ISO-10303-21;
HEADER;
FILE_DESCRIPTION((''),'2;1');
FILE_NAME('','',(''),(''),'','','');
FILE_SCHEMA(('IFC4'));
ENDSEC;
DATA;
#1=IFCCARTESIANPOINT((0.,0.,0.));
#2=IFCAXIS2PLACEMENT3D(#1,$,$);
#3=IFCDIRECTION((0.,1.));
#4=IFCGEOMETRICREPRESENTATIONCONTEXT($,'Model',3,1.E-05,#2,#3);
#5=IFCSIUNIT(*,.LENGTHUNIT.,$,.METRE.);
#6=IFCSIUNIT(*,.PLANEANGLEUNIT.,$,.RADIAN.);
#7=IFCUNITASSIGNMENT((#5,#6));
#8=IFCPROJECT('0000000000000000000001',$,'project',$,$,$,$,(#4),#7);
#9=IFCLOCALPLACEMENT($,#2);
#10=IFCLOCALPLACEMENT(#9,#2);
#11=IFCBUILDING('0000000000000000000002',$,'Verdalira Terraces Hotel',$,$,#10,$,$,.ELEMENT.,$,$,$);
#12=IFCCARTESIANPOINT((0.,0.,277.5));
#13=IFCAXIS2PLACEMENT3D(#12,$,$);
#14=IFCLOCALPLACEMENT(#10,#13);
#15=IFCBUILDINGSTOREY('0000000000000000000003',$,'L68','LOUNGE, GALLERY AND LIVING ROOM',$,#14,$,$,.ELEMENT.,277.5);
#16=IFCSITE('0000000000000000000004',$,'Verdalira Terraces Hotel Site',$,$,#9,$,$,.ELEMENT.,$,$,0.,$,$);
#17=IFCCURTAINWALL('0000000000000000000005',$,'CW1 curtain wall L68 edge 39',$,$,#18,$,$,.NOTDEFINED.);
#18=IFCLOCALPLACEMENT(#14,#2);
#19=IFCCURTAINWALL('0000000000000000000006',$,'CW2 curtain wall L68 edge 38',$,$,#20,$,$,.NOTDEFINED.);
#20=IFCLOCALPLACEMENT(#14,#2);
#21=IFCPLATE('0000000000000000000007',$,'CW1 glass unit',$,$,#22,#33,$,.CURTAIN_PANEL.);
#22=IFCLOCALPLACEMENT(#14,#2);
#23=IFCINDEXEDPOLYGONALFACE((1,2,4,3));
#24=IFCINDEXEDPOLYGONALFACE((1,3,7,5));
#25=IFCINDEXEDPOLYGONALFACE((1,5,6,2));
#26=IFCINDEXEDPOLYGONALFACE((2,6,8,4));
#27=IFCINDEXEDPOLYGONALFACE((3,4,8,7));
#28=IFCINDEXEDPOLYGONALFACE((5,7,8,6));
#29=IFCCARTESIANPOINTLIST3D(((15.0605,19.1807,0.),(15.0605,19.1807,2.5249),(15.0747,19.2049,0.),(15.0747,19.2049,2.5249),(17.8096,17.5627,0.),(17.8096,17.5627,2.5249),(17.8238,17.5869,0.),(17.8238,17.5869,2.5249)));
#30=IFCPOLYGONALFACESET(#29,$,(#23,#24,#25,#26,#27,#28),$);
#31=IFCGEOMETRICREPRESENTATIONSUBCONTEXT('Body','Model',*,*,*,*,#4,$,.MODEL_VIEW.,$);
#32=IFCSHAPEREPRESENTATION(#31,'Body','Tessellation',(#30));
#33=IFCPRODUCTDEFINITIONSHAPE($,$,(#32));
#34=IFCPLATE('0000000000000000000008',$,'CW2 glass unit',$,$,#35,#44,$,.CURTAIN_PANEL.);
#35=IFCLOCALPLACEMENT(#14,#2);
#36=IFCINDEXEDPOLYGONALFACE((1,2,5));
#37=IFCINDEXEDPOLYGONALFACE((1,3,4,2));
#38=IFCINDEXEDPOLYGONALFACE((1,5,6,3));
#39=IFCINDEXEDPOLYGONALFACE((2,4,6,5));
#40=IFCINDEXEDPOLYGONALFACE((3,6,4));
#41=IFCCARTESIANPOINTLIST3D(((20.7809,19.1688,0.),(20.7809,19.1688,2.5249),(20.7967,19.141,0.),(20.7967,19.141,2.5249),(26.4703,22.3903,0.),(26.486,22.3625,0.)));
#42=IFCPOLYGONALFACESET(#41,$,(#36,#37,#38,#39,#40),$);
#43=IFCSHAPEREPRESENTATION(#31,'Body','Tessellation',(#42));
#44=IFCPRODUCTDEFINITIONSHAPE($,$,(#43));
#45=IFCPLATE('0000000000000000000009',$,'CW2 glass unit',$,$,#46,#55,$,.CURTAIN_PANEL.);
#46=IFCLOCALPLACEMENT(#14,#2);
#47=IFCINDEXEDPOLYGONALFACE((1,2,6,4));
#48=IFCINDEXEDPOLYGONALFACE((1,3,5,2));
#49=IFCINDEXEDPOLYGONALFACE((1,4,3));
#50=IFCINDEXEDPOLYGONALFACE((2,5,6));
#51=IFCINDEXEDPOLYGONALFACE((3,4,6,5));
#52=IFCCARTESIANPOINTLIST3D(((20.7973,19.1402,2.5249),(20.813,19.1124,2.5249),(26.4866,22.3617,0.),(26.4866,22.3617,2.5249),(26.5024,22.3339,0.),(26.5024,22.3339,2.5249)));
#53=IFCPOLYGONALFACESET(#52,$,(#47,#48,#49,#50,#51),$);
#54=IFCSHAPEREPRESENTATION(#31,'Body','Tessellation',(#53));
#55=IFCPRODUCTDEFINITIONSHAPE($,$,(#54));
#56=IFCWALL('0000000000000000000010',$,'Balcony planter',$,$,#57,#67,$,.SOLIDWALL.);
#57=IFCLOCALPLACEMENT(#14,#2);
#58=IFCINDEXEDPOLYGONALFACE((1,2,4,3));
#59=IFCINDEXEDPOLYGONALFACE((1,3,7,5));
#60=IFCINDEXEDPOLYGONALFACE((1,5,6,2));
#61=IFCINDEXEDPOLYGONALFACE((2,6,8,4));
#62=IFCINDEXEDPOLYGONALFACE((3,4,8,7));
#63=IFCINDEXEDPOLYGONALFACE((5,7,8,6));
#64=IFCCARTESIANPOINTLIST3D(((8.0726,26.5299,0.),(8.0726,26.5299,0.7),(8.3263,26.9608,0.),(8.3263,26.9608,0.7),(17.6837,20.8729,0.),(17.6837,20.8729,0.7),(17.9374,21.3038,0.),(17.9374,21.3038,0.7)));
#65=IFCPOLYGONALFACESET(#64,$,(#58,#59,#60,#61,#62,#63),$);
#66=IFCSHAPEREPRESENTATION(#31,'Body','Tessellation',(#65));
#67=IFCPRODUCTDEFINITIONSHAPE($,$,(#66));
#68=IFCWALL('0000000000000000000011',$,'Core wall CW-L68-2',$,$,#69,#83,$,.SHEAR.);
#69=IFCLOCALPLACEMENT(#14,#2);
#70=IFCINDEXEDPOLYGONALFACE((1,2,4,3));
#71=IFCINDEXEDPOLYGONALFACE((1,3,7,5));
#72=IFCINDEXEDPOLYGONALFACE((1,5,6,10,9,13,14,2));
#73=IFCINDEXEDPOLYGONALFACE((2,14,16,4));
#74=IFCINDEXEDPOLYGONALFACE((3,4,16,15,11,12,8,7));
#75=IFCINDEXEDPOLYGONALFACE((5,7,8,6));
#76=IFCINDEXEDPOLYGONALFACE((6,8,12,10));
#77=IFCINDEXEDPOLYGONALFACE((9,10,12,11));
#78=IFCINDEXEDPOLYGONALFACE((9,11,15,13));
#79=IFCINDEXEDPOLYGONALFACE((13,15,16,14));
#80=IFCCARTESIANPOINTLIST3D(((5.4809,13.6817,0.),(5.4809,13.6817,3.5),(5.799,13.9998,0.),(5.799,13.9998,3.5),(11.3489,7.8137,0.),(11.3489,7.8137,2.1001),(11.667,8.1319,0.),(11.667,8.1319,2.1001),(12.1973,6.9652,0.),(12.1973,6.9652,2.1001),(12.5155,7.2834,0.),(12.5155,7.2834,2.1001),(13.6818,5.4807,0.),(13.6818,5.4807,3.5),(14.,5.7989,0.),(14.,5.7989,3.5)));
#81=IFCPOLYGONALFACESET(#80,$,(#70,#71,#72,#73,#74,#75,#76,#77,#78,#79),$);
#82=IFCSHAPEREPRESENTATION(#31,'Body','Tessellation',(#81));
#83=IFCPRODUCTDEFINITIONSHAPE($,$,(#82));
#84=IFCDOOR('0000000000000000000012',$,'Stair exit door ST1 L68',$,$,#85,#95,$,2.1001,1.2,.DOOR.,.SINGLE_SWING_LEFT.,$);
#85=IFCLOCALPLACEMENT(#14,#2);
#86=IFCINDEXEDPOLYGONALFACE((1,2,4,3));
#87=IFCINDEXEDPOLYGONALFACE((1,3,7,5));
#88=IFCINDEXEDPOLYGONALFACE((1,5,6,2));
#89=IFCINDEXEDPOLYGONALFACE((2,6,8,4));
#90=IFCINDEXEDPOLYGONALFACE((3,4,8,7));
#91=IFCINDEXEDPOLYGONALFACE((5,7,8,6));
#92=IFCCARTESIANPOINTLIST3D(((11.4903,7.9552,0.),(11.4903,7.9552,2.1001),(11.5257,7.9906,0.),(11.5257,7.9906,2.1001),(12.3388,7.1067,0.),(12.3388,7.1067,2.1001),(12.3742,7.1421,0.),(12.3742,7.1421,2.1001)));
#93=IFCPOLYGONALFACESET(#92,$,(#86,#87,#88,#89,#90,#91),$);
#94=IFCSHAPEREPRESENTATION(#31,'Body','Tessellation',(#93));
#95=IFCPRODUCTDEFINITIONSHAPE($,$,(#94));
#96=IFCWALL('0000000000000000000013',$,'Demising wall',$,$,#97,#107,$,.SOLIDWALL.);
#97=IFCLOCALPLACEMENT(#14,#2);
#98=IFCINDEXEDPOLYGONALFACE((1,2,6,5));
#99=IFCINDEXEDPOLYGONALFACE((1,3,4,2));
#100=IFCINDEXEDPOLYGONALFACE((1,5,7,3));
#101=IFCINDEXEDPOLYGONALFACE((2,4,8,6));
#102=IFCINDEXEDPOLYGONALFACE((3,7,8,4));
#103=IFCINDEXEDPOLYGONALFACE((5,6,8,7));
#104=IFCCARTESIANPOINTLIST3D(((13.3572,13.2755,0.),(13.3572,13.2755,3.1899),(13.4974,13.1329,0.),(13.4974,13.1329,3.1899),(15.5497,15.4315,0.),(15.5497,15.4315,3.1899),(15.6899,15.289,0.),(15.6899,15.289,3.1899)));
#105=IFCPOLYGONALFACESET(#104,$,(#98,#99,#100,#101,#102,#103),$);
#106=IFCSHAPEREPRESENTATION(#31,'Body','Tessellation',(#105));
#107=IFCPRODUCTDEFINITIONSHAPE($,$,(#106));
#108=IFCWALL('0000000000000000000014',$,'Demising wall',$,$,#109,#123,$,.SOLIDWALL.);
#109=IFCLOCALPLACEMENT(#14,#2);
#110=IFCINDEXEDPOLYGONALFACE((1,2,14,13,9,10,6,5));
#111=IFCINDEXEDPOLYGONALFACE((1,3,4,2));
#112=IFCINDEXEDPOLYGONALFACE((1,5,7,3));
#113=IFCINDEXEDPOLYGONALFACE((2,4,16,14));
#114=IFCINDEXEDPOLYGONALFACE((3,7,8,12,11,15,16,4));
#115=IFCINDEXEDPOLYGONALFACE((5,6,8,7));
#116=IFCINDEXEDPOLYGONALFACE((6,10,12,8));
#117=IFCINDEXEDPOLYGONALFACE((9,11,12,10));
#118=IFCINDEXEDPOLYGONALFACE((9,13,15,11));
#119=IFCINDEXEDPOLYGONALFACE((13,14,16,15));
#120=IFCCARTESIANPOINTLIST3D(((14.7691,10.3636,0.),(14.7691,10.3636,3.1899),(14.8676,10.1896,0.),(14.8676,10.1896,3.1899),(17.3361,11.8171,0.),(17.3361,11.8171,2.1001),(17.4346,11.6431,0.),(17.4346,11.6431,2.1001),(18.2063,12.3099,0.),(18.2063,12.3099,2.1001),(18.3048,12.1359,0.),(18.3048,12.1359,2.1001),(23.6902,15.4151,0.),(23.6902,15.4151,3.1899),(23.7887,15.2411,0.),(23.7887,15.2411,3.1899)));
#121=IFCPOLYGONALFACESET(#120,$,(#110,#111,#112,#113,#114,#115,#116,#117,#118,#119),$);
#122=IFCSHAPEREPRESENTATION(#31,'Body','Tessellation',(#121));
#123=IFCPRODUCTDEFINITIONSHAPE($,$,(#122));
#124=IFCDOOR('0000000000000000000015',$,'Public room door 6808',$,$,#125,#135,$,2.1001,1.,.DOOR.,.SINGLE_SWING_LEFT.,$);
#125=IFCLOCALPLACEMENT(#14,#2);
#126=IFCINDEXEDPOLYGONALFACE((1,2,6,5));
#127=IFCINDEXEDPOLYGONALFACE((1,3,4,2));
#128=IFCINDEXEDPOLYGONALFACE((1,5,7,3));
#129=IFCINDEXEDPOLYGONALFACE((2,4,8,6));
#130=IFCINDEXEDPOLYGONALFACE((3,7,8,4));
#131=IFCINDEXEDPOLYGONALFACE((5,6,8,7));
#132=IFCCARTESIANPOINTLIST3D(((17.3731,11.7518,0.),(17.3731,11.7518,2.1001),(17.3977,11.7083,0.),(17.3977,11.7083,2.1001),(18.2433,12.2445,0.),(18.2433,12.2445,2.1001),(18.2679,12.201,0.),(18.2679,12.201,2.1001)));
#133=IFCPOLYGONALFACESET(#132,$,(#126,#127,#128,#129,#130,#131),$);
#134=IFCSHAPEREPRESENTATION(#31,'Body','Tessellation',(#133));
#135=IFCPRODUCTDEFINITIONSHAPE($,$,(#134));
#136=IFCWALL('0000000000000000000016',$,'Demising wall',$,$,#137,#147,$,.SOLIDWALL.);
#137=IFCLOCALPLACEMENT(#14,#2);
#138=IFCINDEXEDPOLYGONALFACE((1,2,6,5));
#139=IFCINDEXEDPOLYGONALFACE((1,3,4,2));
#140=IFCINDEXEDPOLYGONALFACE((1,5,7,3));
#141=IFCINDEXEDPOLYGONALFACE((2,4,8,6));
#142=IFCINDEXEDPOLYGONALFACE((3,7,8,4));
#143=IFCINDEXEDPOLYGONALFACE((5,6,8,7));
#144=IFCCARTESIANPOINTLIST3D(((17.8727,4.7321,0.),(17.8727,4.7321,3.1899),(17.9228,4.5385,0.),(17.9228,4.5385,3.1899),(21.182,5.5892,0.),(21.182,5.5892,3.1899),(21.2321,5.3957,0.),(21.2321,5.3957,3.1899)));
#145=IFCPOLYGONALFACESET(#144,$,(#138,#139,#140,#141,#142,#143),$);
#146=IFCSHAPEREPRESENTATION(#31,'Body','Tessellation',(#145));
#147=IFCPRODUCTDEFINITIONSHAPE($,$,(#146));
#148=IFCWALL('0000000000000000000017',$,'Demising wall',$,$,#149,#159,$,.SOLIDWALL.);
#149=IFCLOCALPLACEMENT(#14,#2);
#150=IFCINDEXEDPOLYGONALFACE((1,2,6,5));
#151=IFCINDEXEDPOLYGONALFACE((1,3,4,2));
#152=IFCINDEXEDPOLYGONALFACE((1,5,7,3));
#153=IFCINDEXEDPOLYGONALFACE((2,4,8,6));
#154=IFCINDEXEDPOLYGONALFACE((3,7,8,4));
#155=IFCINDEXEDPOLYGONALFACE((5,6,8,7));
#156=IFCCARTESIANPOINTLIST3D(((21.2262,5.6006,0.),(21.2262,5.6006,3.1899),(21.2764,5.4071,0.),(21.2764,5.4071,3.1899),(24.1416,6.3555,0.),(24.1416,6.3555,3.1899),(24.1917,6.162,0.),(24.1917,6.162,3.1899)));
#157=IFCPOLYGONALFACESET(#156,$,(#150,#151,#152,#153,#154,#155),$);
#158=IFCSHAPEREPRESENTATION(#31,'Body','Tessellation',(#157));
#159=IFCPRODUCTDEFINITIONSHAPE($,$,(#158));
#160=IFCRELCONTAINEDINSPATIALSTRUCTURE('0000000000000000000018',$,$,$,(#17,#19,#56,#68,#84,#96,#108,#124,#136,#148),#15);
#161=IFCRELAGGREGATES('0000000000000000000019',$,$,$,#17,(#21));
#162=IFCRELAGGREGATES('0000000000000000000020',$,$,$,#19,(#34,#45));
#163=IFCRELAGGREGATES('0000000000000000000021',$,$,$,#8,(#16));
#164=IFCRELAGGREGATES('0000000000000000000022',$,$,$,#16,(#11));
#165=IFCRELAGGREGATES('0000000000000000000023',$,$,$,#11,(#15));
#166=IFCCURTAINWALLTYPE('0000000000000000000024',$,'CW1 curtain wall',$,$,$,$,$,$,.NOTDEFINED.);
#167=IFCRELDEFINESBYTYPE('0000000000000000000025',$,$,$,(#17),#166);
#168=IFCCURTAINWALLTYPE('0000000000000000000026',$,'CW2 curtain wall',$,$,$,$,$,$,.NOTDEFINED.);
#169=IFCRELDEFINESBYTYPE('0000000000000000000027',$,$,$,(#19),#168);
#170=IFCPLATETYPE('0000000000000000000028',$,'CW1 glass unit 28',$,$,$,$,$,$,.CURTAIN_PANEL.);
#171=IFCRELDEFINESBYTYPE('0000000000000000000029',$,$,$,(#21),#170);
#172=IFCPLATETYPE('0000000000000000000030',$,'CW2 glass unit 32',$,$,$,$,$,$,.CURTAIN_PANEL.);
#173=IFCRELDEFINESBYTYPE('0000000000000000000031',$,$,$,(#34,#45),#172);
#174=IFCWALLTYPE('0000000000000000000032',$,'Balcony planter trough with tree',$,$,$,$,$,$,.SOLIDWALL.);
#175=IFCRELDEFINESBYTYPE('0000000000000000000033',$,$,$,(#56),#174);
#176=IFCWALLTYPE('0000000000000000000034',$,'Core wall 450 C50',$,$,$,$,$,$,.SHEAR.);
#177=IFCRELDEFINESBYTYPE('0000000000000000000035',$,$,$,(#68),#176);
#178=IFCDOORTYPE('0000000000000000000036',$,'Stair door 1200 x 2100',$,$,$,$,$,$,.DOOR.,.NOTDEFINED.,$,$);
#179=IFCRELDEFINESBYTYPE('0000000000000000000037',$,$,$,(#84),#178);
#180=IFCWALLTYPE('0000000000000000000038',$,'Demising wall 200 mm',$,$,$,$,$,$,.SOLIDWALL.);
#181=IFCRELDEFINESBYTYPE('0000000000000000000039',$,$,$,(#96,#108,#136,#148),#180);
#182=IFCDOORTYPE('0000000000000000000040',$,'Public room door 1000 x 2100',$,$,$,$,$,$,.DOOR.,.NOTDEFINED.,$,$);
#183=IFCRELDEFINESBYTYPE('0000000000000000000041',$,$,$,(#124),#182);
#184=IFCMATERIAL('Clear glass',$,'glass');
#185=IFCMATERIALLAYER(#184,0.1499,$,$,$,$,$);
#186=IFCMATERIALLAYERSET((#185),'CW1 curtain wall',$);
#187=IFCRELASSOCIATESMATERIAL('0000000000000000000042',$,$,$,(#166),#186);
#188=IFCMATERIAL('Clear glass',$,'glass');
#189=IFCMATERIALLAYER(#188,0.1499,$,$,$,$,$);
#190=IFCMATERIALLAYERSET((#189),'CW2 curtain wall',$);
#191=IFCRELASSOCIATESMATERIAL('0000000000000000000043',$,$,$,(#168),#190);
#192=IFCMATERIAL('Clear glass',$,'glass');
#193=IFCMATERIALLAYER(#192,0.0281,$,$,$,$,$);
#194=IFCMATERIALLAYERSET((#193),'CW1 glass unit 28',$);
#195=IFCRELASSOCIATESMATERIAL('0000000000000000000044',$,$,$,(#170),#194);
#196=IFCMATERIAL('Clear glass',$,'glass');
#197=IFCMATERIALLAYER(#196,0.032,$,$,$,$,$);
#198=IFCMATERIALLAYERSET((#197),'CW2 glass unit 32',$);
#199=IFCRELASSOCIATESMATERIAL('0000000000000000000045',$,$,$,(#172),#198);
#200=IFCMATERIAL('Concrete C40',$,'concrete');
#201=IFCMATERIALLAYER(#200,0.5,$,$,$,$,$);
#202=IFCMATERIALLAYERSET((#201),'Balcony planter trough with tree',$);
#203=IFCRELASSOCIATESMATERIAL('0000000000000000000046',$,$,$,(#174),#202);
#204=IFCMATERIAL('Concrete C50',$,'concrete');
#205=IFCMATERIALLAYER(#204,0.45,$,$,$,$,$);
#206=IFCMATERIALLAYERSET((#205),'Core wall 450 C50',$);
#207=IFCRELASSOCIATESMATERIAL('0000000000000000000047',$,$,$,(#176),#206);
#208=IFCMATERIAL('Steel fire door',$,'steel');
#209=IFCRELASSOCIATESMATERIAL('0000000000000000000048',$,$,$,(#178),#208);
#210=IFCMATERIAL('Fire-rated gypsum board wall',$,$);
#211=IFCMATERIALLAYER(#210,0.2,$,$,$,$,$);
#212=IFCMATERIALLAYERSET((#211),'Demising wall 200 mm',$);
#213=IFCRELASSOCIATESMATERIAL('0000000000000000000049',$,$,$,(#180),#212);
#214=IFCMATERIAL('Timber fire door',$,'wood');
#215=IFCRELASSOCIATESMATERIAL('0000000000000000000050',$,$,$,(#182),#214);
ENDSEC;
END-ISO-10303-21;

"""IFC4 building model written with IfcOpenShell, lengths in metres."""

from ifc_helpers import new_model, si_unit, direction, frame, frame_2d, origin, origin_2d, place, context, subcontext, project, spatial, polyline, rectangle, outline, extrude, material, layer, layer_set, type_object, element, fill, aggregate, save


model = new_model("IFC4")

# Units and contexts
model_context = context("Model", 3, precision=1e-05, world=origin(), true_north=direction((0.0, 1.0)))
body_context = subcontext(model_context, "Body", "Model", "MODEL_VIEW")
ifc_project = project(units=[si_unit("LENGTHUNIT", "METRE"), si_unit("PLANEANGLEUNIT", "RADIAN")], contexts=[model_context])

# Site, building, storey
site_placement = place(None, origin())
site = spatial("IfcSite", under=ifc_project, at=site_placement, Name="Verdalira Terraces Hotel Site", CompositionType="ELEMENT", RefElevation=0.0)
building_placement = place(site_placement, origin())
building = spatial("IfcBuilding", under=site, at=building_placement, Name="Verdalira Terraces Hotel", CompositionType="ELEMENT")
storey_placement = place(building_placement, frame((0.0, 0.0, 277.5)))
storey = spatial("IfcBuildingStorey", under=building, at=storey_placement, Name="L68", Description="LOUNGE, GALLERY AND LIVING ROOM", CompositionType="ELEMENT", Elevation=277.5)

# Curtain wall
ifc_material_1 = material(Name="Clear glass", Category="glass")
ifc_layer_1 = layer(ifc_material_1, 0.1499)
ifc_layer_set_1 = layer_set([ifc_layer_1], Name="CW1 curtain wall")
curtain_wall_type_1 = type_object("IfcCurtainWallType", Name="CW1 curtain wall", PredefinedType="NOTDEFINED", material=ifc_layer_set_1)
curtain_wall_1_placement = place(storey_placement, origin())
curtain_wall_1 = element("IfcCurtainWall", 1, at=curtain_wall_1_placement, inside=storey, type_object=curtain_wall_type_1, Name="CW1 curtain wall L68 edge 39", PredefinedType="NOTDEFINED")

# Curtain wall
ifc_material_2 = material(Name="Clear glass", Category="glass")
ifc_layer_2 = layer(ifc_material_2, 0.1499)
ifc_layer_set_2 = layer_set([ifc_layer_2], Name="CW2 curtain wall")
curtain_wall_type_2 = type_object("IfcCurtainWallType", Name="CW2 curtain wall", PredefinedType="NOTDEFINED", material=ifc_layer_set_2)
curtain_wall_2_placement = place(storey_placement, origin())
curtain_wall_2 = element("IfcCurtainWall", 2, at=curtain_wall_2_placement, inside=storey, type_object=curtain_wall_type_2, Name="CW2 curtain wall L68 edge 38", PredefinedType="NOTDEFINED")

# Plates
ifc_material_3 = material(Name="Clear glass", Category="glass")
ifc_layer_3 = layer(ifc_material_3, 0.0281)
ifc_layer_set_3 = layer_set([ifc_layer_3], Name="CW1 glass unit 28")
plate_type_1 = type_object("IfcPlateType", Name="CW1 glass unit 28", PredefinedType="CURTAIN_PANEL", material=ifc_layer_set_3)
plate_1_placement = place(storey_placement, frame((16.4421, 18.3838, 0.0), z_axis=(0.0, 0.0, 1.0), x_axis=(-0.861806, 0.507238, 0.0)))
plate_1 = element("IfcPlate", 3, at=plate_1_placement, type_object=plate_type_1, Name="CW1 glass unit", PredefinedType="CURTAIN_PANEL", context=body_context, shape_type="SweptSolid", body=[
    extrude(rectangle(XDim=3.1899, YDim=0.0281, at=origin_2d()), origin(), (0.0, 0.0, 1.0), 2.5249),
])
aggregate(curtain_wall_1, [plate_1])
ifc_material_4 = material(Name="Clear glass", Category="glass")
ifc_layer_4 = layer(ifc_material_4, 0.032)
ifc_layer_set_4 = layer_set([ifc_layer_4], Name="CW2 glass unit 32")
plate_type_2 = type_object("IfcPlateType", Name="CW2 glass unit 32", PredefinedType="CURTAIN_PANEL", material=ifc_layer_set_4)
plate_2_placement = place(storey_placement, frame((23.6414, 20.7517, 1.2625), z_axis=(-0.492727, 0.870184, 0.0), x_axis=(-0.870184, -0.492727, 0.0)))
plate_2 = element("IfcPlate", 4, at=plate_2_placement, type_object=plate_type_2, Name="CW2 glass unit", PredefinedType="CURTAIN_PANEL", context=body_context, shape_type="SweptSolid", body=[
    extrude(outline(polyline([(-3.269, -1.2625), (3.269, -1.2625), (3.269, 1.2625), (-3.269, -1.2625)])), origin(), (0.0, 0.0, 1.0), 0.032),
])
plate_3_placement = place(storey_placement, frame((23.6577, 20.7231, 1.2625), z_axis=(-0.492727, 0.870184, 0.0), x_axis=(-0.870184, -0.492727, 0.0)))
plate_3 = element("IfcPlate", 5, at=plate_3_placement, type_object=plate_type_2, Name="CW2 glass unit", PredefinedType="CURTAIN_PANEL", context=body_context, shape_type="SweptSolid", body=[
    extrude(outline(polyline([(-3.269, -1.2625), (3.269, 1.2625), (-3.269, 1.2625), (-3.269, -1.2625)])), origin(), (0.0, 0.0, 1.0), 0.032),
])
aggregate(curtain_wall_2, [plate_2, plate_3])

# Wall
ifc_material_5 = material(Name="Concrete C40", Category="concrete")
ifc_layer_5 = layer(ifc_material_5, 0.5)
ifc_layer_set_5 = layer_set([ifc_layer_5], Name="Balcony planter trough with tree")
wall_type_1 = type_object("IfcWallType", Name="Balcony planter trough with tree", PredefinedType="SOLIDWALL", material=ifc_layer_set_5)
wall_1_placement = place(storey_placement, frame((17.8105, 21.0884, 0.0), z_axis=(0.0, 0.0, 1.0), x_axis=(-0.861801, 0.507247, 0.0)))
element("IfcWall", 6, at=wall_1_placement, inside=storey, type_object=wall_type_1, Name="Balcony planter", PredefinedType="SOLIDWALL", context=body_context, shape_type="SweptSolid", body=[
    extrude(rectangle(XDim=11.1523, YDim=0.5, at=frame_2d((5.5762, 0.0))), origin(), (0.0, 0.0, 1.0), 0.7),
])

# Wall, opening, door
ifc_material_6 = material(Name="Concrete C50", Category="concrete")
ifc_layer_6 = layer(ifc_material_6, 0.45)
ifc_layer_set_6 = layer_set([ifc_layer_6], Name="Core wall 450 C50")
wall_type_2 = type_object("IfcWallType", Name="Core wall 450 C50", PredefinedType="SHEAR", material=ifc_layer_set_6)
wall_2_placement = place(storey_placement, frame((13.8408, 5.6399, 0.0), z_axis=(0.0, 0.0, 1.0), x_axis=(-0.707107, 0.707107, 0.0)))
wall_2 = element("IfcWall", 7, at=wall_2_placement, inside=storey, type_object=wall_type_2, Name="Core wall CW-L68-2", PredefinedType="SHEAR", context=body_context, shape_type="SweptSolid", body=[
    extrude(rectangle(XDim=11.5979, YDim=0.45, at=frame_2d((5.7988, 0.0))), origin(), (0.0, 0.0, 1.0), 3.5),
])
opening_1_placement = place(wall_2_placement, frame((2.0991, 0.0, 0.0)))
opening_1 = element("IfcOpeningElement", 8, at=opening_1_placement, cuts=wall_2, PredefinedType="OPENING", context=body_context, shape_type="SweptSolid", body=[
    extrude(rectangle(XDim=1.2, YDim=2.1001, at=frame_2d((0.6001, 1.05))), frame((0.0, 0.2349, 0.0), z_axis=(0.0, -1.0, 0.0), x_axis=(1.0, 0.0, 0.0)), (0.0, 0.0, 1.0), 0.47),
])
ifc_material_7 = material(Name="Steel fire door", Category="steel")
door_type_1 = type_object("IfcDoorType", Name="Stair door 1200 x 2100", OperationType="NOTDEFINED", PredefinedType="DOOR", material=ifc_material_7)
door_1_placement = place(opening_1_placement, origin())
door_1 = element("IfcDoor", 9, at=door_1_placement, inside=storey, type_object=door_type_1, Name="Stair exit door ST1 L68", OperationType="SINGLE_SWING_LEFT", OverallHeight=2.1001, OverallWidth=1.2, PredefinedType="DOOR", context=body_context, shape_type="SweptSolid", body=[
    extrude(rectangle(XDim=1.2, YDim=2.1001, at=frame_2d((0.6001, 1.05))), frame((0.0, 0.0249, 0.0), z_axis=(0.0, -1.0, 0.0), x_axis=(1.0, 0.0, 0.0)), (0.0, 0.0, 1.0), 0.05),
])
fill(opening_1, door_1)

# Wall
ifc_material_8 = material(Name="Fire-rated gypsum board wall")
ifc_layer_7 = layer(ifc_material_8, 0.2)
ifc_layer_set_7 = layer_set([ifc_layer_7], Name="Demising wall 200 mm")
wall_type_3 = type_object("IfcWallType", Name="Demising wall 200 mm", PredefinedType="SOLIDWALL", material=ifc_layer_set_7)
wall_3_placement = place(storey_placement, frame((13.4272, 13.2041, 0.0), z_axis=(0.0, 0.0, 1.0), x_axis=(0.712997, 0.701167, 0.0)))
element("IfcWall", 10, at=wall_3_placement, inside=storey, type_object=wall_type_3, Name="Demising wall", PredefinedType="SOLIDWALL", context=body_context, shape_type="SweptSolid", body=[
    extrude(rectangle(XDim=3.075, YDim=0.2, at=frame_2d((1.5376, 0.0))), origin(), (0.0, 0.0, 1.0), 3.1899),
])

# Wall, opening, door
wall_4_placement = place(storey_placement, frame((14.8184, 10.2766, 0.0), z_axis=(0.0, 0.0, 1.0), x_axis=(0.870181, 0.492732, 0.0)))
wall_4 = element("IfcWall", 11, at=wall_4_placement, inside=storey, type_object=wall_type_3, Name="Demising wall", PredefinedType="SOLIDWALL", context=body_context, shape_type="SweptSolid", body=[
    extrude(rectangle(XDim=10.252, YDim=0.2, at=frame_2d((5.126, 0.0))), origin(), (0.0, 0.0, 1.0), 3.1899),
])
opening_2_placement = place(wall_4_placement, frame((2.95, 0.0, 0.0)))
opening_2 = element("IfcOpeningElement", 12, at=opening_2_placement, cuts=wall_4, PredefinedType="OPENING", context=body_context, shape_type="SweptSolid", body=[
    extrude(rectangle(XDim=1.0, YDim=2.1001, at=frame_2d((0.5, 1.05))), frame((0.0, 0.1099, 0.0), z_axis=(0.0, -1.0, 0.0), x_axis=(1.0, 0.0, 0.0)), (0.0, 0.0, 1.0), 0.22),
])
ifc_material_9 = material(Name="Timber fire door", Category="wood")
door_type_2 = type_object("IfcDoorType", Name="Public room door 1000 x 2100", OperationType="NOTDEFINED", PredefinedType="DOOR", material=ifc_material_9)
door_2_placement = place(opening_2_placement, origin())
door_2 = element("IfcDoor", 13, at=door_2_placement, inside=storey, type_object=door_type_2, Name="Public room door 6808", OperationType="SINGLE_SWING_LEFT", OverallHeight=2.1001, OverallWidth=1.0, PredefinedType="DOOR", context=body_context, shape_type="SweptSolid", body=[
    extrude(rectangle(XDim=1.0, YDim=2.1001, at=frame_2d((0.5, 1.05))), frame((0.0, 0.0249, 0.0), z_axis=(0.0, -1.0, 0.0), x_axis=(1.0, 0.0, 0.0)), (0.0, 0.0, 1.0), 0.05),
])
fill(opening_2, door_2)

# Walls
wall_5_placement = place(storey_placement, frame((21.207, 5.4924, 0.0), z_axis=(0.0, 0.0, 1.0), x_axis=(-0.968053, -0.250744, 0.0)))
element("IfcWall", 14, at=wall_5_placement, inside=storey, type_object=wall_type_3, Name="Demising wall", PredefinedType="SOLIDWALL", context=body_context, shape_type="SweptSolid", body=[
    extrude(rectangle(XDim=3.4185, YDim=0.2, at=frame_2d((1.7092, 0.0))), origin(), (0.0, 0.0, 1.0), 3.1899),
])
wall_6_placement = place(storey_placement, frame((24.1667, 6.2588, 0.0), z_axis=(0.0, 0.0, 1.0), x_axis=(-0.968072, -0.250672, 0.0)))
element("IfcWall", 15, at=wall_6_placement, inside=storey, type_object=wall_type_3, Name="Demising wall", PredefinedType="SOLIDWALL", context=body_context, shape_type="SweptSolid", body=[
    extrude(rectangle(XDim=3.0115, YDim=0.2, at=frame_2d((1.5059, 0.0))), origin(), (0.0, 0.0, 1.0), 3.1899),
])

save(model, "model.ifc")
